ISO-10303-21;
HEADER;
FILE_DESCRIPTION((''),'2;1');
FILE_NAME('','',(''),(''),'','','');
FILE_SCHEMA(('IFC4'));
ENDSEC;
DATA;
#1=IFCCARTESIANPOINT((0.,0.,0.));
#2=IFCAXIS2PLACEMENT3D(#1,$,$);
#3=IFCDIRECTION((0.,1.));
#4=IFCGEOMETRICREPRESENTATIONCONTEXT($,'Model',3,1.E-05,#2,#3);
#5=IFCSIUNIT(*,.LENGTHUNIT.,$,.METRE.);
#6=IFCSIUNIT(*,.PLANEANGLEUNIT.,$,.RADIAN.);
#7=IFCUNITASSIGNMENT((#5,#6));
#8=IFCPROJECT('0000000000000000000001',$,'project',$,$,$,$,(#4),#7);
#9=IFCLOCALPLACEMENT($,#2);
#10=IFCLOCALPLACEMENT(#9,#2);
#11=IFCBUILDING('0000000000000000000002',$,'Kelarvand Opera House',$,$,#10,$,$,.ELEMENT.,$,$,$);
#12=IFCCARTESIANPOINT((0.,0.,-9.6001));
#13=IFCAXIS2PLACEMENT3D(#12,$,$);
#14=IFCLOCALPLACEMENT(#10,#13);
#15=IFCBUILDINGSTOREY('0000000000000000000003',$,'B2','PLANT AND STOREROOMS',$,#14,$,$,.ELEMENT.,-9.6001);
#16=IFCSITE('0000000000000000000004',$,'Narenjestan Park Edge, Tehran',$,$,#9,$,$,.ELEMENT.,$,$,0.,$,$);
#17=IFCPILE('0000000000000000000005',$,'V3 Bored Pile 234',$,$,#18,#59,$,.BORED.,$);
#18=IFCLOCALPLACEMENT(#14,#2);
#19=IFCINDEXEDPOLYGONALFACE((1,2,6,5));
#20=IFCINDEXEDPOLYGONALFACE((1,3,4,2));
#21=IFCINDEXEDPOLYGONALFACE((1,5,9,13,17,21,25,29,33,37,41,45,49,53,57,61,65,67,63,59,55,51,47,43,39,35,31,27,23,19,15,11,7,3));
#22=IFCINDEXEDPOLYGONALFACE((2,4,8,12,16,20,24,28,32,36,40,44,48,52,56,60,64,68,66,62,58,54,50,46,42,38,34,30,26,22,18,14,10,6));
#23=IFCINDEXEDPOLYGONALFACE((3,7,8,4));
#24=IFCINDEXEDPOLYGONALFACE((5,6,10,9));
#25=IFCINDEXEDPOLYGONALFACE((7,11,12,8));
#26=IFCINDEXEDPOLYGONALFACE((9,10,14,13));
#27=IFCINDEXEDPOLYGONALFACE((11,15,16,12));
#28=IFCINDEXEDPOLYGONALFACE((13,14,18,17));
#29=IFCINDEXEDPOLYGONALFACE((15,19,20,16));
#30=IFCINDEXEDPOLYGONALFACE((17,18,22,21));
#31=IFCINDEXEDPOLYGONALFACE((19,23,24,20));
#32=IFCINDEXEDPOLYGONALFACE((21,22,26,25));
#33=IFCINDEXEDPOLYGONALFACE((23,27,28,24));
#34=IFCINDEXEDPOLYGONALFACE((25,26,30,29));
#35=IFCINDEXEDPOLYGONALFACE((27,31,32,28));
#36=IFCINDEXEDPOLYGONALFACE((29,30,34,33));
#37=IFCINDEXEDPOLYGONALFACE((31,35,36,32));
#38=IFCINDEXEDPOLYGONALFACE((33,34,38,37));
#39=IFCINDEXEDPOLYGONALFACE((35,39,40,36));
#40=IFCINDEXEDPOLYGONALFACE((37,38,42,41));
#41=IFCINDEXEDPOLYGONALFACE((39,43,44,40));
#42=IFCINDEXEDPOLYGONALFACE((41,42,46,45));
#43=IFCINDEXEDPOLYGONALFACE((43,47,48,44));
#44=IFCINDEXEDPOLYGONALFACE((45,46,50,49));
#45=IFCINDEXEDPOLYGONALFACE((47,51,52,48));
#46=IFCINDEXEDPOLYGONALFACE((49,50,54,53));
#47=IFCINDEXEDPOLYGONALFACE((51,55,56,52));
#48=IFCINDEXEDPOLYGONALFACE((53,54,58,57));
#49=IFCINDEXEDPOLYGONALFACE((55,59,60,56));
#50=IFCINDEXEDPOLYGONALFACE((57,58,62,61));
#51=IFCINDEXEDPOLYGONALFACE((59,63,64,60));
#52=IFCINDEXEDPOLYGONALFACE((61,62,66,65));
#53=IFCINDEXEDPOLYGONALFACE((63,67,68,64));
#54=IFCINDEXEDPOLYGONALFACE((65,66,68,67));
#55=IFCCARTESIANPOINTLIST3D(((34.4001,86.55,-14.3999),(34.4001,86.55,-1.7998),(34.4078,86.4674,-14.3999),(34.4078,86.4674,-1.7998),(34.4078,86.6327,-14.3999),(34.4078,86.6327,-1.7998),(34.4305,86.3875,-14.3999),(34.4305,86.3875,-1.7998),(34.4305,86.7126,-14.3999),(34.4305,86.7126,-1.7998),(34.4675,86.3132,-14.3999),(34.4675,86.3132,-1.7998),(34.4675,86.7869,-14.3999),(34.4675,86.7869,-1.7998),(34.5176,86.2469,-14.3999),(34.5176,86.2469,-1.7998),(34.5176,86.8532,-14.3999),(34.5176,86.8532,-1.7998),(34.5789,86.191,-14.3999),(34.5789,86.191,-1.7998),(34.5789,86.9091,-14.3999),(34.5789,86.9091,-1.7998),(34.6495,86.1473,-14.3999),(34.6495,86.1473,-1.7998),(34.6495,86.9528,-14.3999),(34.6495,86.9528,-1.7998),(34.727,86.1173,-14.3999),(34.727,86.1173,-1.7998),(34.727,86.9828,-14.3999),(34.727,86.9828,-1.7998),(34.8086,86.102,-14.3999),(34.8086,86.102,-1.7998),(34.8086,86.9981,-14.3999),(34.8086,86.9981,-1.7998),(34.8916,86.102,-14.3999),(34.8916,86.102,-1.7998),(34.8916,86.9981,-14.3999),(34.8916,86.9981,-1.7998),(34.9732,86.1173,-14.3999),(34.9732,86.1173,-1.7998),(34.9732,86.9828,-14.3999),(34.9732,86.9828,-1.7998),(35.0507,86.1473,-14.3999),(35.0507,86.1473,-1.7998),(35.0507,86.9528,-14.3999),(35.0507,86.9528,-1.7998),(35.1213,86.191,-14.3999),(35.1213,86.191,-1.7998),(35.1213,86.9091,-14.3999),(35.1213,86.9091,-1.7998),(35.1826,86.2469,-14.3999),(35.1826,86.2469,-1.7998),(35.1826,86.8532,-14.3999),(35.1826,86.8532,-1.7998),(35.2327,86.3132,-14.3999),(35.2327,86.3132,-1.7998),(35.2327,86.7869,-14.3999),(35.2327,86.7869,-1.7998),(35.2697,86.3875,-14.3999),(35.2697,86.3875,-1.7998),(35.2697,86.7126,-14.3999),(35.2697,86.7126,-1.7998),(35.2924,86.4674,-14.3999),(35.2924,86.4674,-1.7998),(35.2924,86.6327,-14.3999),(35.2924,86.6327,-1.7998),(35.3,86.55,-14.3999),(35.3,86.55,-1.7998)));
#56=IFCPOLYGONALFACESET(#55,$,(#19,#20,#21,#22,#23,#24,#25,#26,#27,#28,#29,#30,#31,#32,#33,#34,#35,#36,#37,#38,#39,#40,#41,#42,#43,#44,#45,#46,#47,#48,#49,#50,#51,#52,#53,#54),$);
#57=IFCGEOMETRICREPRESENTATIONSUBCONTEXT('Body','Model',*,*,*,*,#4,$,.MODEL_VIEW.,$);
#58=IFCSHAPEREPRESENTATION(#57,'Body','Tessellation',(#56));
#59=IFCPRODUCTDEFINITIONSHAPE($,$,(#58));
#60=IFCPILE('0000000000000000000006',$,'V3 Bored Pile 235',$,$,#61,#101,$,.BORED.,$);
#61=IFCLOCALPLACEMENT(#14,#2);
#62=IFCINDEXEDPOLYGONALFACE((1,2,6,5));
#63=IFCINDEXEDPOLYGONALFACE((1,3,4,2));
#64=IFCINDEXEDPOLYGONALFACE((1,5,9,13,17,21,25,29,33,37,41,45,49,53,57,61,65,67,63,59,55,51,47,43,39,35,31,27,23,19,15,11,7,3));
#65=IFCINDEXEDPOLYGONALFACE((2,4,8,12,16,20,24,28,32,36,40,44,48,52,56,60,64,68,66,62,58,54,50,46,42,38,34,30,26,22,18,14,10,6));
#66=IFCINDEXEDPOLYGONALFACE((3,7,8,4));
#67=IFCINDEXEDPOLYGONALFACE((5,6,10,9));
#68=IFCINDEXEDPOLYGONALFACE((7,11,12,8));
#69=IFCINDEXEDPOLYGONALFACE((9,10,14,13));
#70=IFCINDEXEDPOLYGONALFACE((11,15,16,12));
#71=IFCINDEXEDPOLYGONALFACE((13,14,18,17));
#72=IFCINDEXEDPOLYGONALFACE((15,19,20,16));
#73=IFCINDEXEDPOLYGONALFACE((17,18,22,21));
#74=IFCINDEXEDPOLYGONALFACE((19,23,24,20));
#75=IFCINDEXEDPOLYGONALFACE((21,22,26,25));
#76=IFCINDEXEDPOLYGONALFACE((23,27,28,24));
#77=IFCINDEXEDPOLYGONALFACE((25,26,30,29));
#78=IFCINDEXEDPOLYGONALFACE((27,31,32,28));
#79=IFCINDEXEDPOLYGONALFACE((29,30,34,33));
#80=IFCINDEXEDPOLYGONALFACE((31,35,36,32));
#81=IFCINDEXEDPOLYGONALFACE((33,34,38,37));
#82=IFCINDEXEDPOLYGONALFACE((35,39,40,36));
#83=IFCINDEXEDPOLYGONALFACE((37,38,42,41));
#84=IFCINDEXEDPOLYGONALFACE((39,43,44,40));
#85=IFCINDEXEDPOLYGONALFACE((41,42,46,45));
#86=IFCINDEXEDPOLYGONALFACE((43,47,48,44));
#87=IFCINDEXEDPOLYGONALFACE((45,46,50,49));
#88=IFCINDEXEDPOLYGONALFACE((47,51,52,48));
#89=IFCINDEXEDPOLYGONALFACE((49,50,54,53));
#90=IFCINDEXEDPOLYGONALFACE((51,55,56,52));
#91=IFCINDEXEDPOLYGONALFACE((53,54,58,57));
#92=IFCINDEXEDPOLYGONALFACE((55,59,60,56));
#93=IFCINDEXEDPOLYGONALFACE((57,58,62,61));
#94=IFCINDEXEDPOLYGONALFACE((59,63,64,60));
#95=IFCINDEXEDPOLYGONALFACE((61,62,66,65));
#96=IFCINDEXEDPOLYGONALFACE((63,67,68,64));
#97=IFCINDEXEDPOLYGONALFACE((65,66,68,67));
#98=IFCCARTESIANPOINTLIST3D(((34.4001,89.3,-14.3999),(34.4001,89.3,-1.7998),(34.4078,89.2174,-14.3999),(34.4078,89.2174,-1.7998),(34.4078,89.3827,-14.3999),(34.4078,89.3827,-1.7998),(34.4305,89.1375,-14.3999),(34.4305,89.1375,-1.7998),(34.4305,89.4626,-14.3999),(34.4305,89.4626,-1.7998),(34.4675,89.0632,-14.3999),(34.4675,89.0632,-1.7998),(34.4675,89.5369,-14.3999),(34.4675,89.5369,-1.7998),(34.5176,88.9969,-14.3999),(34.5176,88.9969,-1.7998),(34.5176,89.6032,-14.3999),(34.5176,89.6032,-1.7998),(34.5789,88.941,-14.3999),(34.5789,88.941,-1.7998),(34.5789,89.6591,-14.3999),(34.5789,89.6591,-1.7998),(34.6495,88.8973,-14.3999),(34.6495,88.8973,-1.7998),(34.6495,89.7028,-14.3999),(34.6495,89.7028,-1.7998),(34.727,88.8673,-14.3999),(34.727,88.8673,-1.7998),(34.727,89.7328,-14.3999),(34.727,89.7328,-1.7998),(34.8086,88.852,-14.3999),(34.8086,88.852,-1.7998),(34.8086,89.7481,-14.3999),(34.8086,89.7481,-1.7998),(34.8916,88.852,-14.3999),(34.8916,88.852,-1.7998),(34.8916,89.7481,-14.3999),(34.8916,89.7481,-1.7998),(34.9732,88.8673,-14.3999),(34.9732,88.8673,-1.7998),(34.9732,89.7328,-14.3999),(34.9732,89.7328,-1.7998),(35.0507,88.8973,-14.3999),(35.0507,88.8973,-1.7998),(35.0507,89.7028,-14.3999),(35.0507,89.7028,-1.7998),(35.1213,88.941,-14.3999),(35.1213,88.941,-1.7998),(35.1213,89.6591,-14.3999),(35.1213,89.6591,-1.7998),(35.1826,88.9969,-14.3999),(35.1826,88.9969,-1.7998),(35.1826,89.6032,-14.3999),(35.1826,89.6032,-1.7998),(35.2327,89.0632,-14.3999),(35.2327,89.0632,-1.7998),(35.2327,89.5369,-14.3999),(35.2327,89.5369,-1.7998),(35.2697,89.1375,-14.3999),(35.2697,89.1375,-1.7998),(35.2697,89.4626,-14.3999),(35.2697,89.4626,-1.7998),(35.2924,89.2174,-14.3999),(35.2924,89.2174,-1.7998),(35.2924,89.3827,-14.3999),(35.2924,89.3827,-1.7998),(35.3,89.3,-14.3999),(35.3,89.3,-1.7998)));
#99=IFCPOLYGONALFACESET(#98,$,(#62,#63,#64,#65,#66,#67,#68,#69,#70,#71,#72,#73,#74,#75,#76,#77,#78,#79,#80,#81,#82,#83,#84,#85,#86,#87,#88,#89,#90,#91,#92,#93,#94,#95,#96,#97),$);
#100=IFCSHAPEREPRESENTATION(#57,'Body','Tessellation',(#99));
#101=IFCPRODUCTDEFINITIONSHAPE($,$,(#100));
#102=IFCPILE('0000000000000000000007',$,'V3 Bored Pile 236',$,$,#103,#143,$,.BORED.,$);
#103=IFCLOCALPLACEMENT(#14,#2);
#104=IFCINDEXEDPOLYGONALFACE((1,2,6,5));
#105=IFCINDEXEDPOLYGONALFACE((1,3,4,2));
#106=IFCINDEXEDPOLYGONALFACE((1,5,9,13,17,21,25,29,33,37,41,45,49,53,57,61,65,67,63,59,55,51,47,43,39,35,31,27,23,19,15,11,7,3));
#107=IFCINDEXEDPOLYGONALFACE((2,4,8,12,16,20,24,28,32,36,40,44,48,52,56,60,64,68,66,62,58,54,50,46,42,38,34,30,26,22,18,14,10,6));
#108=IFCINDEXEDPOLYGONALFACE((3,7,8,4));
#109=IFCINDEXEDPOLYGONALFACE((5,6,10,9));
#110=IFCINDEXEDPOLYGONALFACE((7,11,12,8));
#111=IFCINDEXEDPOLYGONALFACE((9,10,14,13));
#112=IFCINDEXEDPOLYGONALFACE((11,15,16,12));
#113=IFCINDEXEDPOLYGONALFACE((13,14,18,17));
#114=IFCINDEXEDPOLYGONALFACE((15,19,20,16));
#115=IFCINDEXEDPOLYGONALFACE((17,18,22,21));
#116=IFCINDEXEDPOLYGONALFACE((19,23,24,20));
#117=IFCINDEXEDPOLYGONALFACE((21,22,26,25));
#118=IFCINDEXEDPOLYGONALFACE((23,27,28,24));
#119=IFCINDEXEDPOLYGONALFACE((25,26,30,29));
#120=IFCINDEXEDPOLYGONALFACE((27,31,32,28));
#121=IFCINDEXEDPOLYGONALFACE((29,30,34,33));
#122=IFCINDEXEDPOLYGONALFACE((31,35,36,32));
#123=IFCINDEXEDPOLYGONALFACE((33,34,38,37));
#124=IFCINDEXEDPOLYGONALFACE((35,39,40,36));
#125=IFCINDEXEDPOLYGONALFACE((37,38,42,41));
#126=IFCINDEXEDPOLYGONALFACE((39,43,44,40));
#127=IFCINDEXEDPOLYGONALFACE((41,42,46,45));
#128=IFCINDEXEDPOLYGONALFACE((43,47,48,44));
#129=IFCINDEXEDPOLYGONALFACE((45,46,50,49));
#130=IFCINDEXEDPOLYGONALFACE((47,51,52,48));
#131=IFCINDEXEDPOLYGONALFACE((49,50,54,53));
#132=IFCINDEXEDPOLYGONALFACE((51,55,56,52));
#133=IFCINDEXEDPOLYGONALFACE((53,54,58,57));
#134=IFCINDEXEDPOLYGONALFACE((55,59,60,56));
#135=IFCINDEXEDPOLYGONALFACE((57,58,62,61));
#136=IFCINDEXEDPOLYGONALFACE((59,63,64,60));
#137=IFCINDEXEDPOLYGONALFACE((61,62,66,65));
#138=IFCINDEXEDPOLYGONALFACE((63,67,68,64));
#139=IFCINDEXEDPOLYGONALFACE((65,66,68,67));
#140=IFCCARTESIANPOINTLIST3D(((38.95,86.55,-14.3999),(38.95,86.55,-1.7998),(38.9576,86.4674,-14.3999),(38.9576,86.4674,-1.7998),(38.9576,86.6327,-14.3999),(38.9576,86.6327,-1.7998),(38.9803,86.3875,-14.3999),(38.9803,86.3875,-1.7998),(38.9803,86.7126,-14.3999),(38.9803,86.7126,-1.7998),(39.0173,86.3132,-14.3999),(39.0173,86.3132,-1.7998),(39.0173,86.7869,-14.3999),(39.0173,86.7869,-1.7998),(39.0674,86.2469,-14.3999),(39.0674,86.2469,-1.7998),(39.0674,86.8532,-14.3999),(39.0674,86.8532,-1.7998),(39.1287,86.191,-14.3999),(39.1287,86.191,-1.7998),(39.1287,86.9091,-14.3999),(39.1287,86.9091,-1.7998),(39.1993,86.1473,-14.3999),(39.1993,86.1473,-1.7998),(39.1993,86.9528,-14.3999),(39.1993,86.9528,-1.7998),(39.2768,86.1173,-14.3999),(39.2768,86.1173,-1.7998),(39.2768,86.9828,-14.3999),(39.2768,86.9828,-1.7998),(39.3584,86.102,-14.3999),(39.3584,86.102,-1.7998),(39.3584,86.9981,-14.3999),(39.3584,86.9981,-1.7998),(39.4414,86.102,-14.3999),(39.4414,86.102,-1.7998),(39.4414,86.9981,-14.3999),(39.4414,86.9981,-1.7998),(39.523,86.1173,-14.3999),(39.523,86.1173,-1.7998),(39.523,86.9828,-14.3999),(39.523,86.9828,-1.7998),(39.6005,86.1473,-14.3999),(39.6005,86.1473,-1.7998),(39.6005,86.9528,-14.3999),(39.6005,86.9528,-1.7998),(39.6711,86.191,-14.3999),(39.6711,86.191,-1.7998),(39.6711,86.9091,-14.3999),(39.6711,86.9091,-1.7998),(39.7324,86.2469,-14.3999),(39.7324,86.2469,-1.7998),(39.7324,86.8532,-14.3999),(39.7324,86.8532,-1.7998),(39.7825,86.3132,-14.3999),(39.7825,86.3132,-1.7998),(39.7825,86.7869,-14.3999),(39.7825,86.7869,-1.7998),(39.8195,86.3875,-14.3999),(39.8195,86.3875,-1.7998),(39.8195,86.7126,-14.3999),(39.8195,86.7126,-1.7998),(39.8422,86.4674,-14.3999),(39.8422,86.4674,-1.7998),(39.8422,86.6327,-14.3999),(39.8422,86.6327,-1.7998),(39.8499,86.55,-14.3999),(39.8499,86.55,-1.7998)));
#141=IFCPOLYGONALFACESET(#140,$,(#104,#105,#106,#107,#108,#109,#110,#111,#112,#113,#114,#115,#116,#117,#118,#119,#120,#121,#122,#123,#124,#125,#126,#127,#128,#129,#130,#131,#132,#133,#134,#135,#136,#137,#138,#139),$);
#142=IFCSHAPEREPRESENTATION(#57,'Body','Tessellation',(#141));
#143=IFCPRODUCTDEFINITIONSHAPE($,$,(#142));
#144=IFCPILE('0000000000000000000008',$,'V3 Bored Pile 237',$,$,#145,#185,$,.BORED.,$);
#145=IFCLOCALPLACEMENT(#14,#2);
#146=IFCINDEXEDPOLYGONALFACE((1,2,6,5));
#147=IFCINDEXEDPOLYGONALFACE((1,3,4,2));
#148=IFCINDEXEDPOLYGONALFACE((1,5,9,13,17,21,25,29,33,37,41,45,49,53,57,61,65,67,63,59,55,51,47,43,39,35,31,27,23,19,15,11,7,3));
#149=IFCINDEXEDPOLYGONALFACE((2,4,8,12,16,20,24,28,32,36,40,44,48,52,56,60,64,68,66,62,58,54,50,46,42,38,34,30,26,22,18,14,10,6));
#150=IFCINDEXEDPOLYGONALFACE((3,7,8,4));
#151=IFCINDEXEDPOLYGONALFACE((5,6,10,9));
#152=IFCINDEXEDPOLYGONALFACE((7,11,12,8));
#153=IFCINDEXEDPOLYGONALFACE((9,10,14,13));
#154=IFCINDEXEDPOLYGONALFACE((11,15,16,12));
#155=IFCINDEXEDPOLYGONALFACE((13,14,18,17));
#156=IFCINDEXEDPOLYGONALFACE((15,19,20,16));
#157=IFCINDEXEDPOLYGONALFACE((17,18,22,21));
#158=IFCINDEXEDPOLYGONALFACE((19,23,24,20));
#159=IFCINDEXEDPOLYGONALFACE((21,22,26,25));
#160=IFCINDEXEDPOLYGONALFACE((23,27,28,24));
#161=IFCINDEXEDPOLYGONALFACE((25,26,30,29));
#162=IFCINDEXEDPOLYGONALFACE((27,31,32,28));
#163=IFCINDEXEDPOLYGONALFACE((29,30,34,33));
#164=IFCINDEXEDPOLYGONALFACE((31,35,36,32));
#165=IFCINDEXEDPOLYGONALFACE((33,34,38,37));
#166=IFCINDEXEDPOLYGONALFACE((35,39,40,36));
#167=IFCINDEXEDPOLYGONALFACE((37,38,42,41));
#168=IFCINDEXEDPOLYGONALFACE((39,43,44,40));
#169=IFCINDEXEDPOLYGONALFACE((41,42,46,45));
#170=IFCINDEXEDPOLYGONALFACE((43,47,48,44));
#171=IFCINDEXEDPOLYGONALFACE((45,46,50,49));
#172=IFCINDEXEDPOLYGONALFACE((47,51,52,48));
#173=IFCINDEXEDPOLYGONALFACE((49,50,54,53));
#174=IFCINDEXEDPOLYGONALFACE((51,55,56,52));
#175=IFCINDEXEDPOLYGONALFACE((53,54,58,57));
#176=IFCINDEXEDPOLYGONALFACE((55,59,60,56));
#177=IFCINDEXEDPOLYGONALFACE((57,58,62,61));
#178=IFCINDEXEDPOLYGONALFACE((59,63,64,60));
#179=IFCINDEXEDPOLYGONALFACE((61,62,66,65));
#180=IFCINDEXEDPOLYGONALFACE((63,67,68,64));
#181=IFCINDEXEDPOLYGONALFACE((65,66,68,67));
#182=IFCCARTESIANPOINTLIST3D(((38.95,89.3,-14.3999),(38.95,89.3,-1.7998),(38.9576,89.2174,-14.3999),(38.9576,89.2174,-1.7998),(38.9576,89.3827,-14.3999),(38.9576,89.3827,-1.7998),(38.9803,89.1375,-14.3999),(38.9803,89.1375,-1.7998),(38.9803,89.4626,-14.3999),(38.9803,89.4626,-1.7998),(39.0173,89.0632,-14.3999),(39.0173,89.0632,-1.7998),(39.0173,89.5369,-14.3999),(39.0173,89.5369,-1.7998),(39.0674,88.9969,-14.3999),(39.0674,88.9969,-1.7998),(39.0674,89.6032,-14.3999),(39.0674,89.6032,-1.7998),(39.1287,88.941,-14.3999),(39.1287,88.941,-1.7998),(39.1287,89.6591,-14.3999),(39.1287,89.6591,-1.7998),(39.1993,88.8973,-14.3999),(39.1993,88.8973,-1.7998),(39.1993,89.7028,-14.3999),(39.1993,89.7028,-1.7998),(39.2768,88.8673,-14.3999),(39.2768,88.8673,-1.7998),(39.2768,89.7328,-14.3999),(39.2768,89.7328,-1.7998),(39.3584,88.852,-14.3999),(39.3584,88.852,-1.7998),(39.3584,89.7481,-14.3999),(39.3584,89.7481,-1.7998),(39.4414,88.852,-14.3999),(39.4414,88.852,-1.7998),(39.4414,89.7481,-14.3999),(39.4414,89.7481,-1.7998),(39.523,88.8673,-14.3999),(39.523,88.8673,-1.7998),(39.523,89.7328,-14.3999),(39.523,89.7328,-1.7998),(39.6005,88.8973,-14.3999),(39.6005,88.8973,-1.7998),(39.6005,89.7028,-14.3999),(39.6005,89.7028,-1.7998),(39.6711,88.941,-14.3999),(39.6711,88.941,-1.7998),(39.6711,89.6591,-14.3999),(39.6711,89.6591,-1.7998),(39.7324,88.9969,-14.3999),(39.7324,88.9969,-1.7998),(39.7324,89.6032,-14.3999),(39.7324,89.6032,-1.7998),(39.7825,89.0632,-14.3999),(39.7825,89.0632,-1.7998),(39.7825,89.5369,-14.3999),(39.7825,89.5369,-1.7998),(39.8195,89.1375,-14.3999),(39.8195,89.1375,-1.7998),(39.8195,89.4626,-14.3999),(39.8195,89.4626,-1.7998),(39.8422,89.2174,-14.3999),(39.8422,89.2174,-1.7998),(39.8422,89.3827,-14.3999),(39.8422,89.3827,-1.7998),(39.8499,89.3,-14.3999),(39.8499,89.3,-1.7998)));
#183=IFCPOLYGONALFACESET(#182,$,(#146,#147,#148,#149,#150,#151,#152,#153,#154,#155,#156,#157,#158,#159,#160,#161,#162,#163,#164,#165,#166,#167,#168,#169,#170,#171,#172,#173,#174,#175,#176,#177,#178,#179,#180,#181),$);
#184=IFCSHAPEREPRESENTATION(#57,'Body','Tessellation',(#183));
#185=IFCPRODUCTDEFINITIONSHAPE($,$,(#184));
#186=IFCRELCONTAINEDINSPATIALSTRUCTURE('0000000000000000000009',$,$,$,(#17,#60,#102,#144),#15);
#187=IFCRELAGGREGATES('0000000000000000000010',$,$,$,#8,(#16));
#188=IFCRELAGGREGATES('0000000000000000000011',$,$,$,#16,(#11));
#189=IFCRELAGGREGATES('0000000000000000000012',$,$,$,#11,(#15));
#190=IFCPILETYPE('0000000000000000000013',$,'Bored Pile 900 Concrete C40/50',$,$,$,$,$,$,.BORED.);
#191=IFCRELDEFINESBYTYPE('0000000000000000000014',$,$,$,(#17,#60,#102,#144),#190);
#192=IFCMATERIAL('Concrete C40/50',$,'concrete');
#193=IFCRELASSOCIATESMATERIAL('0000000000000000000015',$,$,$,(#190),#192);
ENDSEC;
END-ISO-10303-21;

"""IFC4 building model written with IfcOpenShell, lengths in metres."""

from ifc_helpers import new_model, si_unit, direction, frame, origin, origin_2d, place, context, subcontext, project, spatial, circle, extrude, material, material_profile, profile_set, type_object, element, save


model = new_model("IFC4")

# Units and contexts
model_context = context("Model", 3, precision=1e-05, world=origin(), true_north=direction((0.0, 1.0)))
body_context = subcontext(model_context, "Body", "Model", "MODEL_VIEW")
ifc_project = project(units=[si_unit("LENGTHUNIT", "METRE"), si_unit("PLANEANGLEUNIT", "RADIAN")], contexts=[model_context])

# Site, building, storey
site_placement = place(None, origin())
site = spatial("IfcSite", under=ifc_project, at=site_placement, Name="Narenjestan Park Edge, Tehran", CompositionType="ELEMENT", RefElevation=0.0)
building_placement = place(site_placement, origin())
building = spatial("IfcBuilding", under=site, at=building_placement, Name="Kelarvand Opera House", CompositionType="ELEMENT")
storey_placement = place(building_placement, frame((0.0, 0.0, -9.6001)))
storey = spatial("IfcBuildingStorey", under=building, at=storey_placement, Name="B2", Description="PLANT AND STOREROOMS", CompositionType="ELEMENT", Elevation=-9.6001)

# Piles
ifc_material_1 = material(Name="Concrete C40/50", Category="concrete")
ifc_material_profile_1 = material_profile(ifc_material_1, circle(Radius=0.45, at=origin_2d()), Name="BP 900", Category="concrete")
ifc_profile_set_1 = profile_set([ifc_material_profile_1], Name="Concrete C40/50")
pile_type = type_object("IfcPileType", Name="Bored Pile 900 Concrete C40/50", PredefinedType="BORED", material=ifc_profile_set_1)
for number, where, z_axis, x_axis, name in (
    (1, (34.8501, 86.55, -1.7998), (0.0, 0.0, -1.0), (1.0, 0.0, 0.0), "V3 Bored Pile 234"),
    (2, (34.8501, 89.3, -1.7998), (0.0, 0.0, -1.0), (1.0, 0.0, 0.0), "V3 Bored Pile 235"),
    (3, (39.3999, 86.55, -1.7998), (0.0, 0.0, -1.0), (1.0, 0.0, 0.0), "V3 Bored Pile 236"),
    (4, (39.3999, 89.3, -1.7998), (0.0, 0.0, -1.0), (1.0, 0.0, 0.0), "V3 Bored Pile 237"),
):
    element("IfcPile", number, at=place(storey_placement, frame(where, z_axis=z_axis, x_axis=x_axis)), inside=storey, type_object=pile_type, Name=name, PredefinedType="BORED", context=body_context, shape_type="SweptSolid", body=[
        extrude(circle(Radius=0.45, at=origin_2d()), origin(), (0.0, 0.0, 1.0), 12.6001),
    ])

save(model, "model.ifc")
